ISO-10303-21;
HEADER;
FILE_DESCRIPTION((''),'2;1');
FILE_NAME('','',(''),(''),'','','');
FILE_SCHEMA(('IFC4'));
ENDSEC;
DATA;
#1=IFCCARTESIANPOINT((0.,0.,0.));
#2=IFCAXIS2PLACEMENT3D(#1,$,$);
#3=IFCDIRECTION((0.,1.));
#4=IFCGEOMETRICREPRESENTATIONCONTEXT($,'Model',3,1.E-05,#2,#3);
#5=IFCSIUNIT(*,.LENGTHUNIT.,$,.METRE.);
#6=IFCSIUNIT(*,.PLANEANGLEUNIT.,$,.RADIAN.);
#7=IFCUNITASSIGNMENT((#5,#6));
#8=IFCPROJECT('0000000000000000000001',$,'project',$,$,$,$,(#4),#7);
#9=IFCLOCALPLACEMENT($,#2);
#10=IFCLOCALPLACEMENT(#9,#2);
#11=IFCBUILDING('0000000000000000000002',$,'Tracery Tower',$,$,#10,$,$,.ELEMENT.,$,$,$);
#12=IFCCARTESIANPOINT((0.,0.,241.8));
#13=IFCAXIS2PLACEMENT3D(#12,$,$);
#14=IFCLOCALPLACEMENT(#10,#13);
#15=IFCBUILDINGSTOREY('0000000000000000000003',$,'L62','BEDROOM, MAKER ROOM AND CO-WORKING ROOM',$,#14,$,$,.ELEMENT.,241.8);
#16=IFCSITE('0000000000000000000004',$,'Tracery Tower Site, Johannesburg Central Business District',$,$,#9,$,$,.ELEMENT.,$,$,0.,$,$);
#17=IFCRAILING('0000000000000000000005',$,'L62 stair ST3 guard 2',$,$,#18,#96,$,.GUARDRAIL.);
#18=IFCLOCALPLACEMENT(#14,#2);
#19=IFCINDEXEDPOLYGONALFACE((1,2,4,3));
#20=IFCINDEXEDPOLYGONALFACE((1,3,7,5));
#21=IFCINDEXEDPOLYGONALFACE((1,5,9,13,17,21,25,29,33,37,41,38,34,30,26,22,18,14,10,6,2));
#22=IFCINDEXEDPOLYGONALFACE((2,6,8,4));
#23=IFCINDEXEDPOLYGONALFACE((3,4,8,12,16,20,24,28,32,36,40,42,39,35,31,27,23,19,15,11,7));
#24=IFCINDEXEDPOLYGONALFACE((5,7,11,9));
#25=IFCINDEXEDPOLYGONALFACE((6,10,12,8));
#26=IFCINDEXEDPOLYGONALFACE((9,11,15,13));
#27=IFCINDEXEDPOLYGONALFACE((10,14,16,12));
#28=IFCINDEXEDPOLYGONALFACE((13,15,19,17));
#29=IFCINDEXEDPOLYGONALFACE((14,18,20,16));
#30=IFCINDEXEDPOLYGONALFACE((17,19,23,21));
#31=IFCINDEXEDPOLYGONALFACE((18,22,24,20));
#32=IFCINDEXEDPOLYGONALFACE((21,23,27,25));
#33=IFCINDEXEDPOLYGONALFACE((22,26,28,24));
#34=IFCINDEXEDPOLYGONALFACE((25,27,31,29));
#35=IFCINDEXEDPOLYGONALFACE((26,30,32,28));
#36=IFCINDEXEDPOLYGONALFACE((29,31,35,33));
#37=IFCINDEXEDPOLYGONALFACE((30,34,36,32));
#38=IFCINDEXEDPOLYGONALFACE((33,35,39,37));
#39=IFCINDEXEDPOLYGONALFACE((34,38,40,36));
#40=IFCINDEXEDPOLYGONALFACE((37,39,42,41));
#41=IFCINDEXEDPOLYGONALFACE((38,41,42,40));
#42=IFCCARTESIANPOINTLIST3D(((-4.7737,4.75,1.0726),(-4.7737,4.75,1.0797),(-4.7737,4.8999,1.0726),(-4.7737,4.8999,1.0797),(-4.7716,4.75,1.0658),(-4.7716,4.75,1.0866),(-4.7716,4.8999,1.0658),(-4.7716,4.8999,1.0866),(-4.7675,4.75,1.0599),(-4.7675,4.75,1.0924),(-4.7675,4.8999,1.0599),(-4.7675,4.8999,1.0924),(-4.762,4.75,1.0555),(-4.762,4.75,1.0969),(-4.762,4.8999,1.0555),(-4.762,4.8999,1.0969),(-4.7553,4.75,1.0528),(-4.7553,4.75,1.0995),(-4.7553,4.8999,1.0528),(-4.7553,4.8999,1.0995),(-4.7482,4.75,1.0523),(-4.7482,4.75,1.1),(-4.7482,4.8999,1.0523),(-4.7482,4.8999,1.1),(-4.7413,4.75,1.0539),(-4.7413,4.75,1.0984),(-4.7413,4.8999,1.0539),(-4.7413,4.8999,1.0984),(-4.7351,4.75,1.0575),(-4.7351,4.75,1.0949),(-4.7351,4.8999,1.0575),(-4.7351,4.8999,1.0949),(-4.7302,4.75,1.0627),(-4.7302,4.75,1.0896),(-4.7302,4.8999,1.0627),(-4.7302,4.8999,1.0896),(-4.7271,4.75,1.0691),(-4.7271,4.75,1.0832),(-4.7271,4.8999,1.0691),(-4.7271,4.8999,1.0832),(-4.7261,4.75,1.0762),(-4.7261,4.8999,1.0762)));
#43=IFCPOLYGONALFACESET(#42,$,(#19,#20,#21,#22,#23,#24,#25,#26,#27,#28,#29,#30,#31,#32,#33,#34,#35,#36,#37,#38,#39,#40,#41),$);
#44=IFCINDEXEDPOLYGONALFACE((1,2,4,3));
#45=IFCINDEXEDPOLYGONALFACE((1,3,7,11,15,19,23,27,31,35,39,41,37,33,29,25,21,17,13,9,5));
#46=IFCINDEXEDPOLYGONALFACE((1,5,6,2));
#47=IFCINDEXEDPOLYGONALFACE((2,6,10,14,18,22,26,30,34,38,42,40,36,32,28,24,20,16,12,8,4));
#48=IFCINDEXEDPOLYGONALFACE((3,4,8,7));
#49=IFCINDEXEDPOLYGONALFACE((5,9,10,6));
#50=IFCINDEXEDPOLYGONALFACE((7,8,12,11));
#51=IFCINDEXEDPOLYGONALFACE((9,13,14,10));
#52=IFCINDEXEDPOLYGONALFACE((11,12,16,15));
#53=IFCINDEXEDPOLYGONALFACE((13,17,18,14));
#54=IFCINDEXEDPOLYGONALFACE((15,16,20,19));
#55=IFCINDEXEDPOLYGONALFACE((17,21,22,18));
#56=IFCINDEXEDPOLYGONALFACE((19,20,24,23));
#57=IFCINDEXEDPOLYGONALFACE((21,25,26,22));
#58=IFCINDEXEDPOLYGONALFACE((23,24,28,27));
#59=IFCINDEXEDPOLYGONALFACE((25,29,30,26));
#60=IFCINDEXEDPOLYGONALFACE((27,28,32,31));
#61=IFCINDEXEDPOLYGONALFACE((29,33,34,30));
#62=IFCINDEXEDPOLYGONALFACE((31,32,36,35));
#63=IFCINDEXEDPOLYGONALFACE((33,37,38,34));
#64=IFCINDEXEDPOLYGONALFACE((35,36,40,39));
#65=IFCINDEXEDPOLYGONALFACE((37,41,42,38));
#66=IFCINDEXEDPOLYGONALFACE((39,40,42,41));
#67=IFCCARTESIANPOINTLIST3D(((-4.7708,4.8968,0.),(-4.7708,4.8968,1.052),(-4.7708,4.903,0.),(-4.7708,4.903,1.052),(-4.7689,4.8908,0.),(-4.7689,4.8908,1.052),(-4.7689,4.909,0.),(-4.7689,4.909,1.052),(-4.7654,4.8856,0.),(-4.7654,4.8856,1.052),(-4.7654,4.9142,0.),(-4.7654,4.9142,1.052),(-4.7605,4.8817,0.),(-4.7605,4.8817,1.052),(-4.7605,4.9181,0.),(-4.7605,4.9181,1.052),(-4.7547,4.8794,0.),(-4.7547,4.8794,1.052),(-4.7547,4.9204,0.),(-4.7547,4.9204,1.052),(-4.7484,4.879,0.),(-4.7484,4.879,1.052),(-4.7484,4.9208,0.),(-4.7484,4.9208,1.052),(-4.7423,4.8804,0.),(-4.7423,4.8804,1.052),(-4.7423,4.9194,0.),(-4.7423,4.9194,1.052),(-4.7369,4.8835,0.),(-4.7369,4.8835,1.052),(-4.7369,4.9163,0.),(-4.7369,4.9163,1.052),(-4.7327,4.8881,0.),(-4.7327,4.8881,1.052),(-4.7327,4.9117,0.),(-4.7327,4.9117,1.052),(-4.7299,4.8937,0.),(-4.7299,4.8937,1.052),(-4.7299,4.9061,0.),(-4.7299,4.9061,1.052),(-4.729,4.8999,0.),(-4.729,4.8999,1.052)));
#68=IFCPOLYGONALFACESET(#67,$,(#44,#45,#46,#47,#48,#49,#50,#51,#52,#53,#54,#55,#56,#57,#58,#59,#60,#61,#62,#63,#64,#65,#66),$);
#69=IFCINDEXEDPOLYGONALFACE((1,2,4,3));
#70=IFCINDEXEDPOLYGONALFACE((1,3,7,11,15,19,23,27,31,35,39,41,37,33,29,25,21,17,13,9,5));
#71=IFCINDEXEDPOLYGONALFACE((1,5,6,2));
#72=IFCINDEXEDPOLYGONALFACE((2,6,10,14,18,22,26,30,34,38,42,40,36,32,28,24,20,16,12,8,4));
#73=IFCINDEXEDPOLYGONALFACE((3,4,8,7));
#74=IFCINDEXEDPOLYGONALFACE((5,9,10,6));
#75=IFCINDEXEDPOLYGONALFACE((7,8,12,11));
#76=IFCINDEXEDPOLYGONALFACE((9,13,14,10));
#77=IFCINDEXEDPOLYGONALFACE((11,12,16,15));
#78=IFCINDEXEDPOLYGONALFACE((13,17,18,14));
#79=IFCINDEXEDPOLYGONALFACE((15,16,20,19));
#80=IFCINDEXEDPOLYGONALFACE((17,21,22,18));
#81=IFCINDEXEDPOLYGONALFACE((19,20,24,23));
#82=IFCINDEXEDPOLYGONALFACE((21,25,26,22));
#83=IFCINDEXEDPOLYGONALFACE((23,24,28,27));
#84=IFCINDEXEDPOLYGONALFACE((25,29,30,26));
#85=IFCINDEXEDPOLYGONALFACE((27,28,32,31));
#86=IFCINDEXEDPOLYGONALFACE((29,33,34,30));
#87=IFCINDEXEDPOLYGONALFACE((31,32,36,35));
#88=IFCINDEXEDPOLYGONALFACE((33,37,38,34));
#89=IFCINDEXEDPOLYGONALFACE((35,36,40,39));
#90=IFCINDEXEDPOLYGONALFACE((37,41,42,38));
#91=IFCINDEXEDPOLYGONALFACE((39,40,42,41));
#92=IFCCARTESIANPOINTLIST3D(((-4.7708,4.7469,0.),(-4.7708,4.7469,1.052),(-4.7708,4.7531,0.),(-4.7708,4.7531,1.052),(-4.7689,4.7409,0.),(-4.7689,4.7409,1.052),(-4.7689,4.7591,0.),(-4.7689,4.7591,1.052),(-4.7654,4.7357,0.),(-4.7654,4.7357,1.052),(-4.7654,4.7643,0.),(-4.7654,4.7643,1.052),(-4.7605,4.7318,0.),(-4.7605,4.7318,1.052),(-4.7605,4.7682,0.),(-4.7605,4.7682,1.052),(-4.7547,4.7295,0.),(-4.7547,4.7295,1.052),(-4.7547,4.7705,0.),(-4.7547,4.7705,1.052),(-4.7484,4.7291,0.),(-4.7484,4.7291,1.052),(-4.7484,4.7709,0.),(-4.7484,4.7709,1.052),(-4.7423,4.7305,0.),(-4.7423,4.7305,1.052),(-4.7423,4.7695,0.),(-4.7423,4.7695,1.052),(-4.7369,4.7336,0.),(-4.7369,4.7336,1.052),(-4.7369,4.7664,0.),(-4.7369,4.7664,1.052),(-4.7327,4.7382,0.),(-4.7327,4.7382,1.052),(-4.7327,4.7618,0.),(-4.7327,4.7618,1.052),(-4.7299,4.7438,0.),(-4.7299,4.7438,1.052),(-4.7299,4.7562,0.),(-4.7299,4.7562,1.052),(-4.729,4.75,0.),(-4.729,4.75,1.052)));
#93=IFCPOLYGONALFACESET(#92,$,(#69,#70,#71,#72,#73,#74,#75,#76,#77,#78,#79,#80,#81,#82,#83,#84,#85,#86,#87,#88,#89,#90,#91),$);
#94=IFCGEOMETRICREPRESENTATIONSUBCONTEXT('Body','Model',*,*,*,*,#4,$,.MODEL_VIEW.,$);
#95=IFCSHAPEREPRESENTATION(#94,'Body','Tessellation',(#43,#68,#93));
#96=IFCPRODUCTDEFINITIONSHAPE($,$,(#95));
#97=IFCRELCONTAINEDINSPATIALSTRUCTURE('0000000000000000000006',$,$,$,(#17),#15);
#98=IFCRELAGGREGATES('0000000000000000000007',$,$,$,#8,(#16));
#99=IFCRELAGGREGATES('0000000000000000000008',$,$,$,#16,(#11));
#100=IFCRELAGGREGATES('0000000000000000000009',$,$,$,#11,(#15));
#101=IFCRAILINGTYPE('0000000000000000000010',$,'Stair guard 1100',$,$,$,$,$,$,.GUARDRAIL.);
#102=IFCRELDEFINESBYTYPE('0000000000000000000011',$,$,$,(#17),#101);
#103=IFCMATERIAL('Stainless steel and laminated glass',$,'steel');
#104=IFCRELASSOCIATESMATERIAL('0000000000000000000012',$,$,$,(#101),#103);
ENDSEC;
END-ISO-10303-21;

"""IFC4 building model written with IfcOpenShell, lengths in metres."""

from ifc_helpers import new_model, si_unit, direction, frame, origin, origin_2d, place, context, subcontext, project, spatial, circle, extrude, material, type_object, element, save


model = new_model("IFC4")

# Units and contexts
model_context = context("Model", 3, precision=1e-05, world=origin(), true_north=direction((0.0, 1.0)))
body_context = subcontext(model_context, "Body", "Model", "MODEL_VIEW")
ifc_project = project(units=[si_unit("LENGTHUNIT", "METRE"), si_unit("PLANEANGLEUNIT", "RADIAN")], contexts=[model_context])

# Site, building, storey
site_placement = place(None, origin())
site = spatial("IfcSite", under=ifc_project, at=site_placement, Name="Tracery Tower Site, Johannesburg Central Business District", CompositionType="ELEMENT", RefElevation=0.0)
building_placement = place(site_placement, origin())
building = spatial("IfcBuilding", under=site, at=building_placement, Name="Tracery Tower", CompositionType="ELEMENT")
storey_placement = place(building_placement, frame((0.0, 0.0, 241.8)))
storey = spatial("IfcBuildingStorey", under=building, at=storey_placement, Name="L62", Description="BEDROOM, MAKER ROOM AND CO-WORKING ROOM", CompositionType="ELEMENT", Elevation=241.8)

# Railing
ifc_material_1 = material(Name="Stainless steel and laminated glass", Category="steel")
railing_type_1 = type_object("IfcRailingType", Name="Stair guard 1100", PredefinedType="GUARDRAIL", material=ifc_material_1)
railing_1_placement = place(storey_placement, frame((-4.75, 4.8999, 0.0)))
element("IfcRailing", 1, at=railing_1_placement, inside=storey, type_object=railing_type_1, Name="L62 stair ST3 guard 2", PredefinedType="GUARDRAIL", context=body_context, shape_type="SweptSolid", body=[
    extrude(circle(Radius=0.0239, at=origin_2d()), frame((0.0, 0.0, 1.0762), z_axis=(0.0, -1.0, 0.0), x_axis=(1.0, 0.0, 0.0)), (0.0, 0.0, 1.0), 0.1499),
    extrude(circle(Radius=0.021, at=origin_2d()), origin(), (0.0, 0.0, 1.0), 1.052),
    extrude(circle(Radius=0.021, at=origin_2d()), frame((0.0, -0.1499, 0.0)), (0.0, 0.0, 1.0), 1.052),
])

save(model, "model.ifc")
